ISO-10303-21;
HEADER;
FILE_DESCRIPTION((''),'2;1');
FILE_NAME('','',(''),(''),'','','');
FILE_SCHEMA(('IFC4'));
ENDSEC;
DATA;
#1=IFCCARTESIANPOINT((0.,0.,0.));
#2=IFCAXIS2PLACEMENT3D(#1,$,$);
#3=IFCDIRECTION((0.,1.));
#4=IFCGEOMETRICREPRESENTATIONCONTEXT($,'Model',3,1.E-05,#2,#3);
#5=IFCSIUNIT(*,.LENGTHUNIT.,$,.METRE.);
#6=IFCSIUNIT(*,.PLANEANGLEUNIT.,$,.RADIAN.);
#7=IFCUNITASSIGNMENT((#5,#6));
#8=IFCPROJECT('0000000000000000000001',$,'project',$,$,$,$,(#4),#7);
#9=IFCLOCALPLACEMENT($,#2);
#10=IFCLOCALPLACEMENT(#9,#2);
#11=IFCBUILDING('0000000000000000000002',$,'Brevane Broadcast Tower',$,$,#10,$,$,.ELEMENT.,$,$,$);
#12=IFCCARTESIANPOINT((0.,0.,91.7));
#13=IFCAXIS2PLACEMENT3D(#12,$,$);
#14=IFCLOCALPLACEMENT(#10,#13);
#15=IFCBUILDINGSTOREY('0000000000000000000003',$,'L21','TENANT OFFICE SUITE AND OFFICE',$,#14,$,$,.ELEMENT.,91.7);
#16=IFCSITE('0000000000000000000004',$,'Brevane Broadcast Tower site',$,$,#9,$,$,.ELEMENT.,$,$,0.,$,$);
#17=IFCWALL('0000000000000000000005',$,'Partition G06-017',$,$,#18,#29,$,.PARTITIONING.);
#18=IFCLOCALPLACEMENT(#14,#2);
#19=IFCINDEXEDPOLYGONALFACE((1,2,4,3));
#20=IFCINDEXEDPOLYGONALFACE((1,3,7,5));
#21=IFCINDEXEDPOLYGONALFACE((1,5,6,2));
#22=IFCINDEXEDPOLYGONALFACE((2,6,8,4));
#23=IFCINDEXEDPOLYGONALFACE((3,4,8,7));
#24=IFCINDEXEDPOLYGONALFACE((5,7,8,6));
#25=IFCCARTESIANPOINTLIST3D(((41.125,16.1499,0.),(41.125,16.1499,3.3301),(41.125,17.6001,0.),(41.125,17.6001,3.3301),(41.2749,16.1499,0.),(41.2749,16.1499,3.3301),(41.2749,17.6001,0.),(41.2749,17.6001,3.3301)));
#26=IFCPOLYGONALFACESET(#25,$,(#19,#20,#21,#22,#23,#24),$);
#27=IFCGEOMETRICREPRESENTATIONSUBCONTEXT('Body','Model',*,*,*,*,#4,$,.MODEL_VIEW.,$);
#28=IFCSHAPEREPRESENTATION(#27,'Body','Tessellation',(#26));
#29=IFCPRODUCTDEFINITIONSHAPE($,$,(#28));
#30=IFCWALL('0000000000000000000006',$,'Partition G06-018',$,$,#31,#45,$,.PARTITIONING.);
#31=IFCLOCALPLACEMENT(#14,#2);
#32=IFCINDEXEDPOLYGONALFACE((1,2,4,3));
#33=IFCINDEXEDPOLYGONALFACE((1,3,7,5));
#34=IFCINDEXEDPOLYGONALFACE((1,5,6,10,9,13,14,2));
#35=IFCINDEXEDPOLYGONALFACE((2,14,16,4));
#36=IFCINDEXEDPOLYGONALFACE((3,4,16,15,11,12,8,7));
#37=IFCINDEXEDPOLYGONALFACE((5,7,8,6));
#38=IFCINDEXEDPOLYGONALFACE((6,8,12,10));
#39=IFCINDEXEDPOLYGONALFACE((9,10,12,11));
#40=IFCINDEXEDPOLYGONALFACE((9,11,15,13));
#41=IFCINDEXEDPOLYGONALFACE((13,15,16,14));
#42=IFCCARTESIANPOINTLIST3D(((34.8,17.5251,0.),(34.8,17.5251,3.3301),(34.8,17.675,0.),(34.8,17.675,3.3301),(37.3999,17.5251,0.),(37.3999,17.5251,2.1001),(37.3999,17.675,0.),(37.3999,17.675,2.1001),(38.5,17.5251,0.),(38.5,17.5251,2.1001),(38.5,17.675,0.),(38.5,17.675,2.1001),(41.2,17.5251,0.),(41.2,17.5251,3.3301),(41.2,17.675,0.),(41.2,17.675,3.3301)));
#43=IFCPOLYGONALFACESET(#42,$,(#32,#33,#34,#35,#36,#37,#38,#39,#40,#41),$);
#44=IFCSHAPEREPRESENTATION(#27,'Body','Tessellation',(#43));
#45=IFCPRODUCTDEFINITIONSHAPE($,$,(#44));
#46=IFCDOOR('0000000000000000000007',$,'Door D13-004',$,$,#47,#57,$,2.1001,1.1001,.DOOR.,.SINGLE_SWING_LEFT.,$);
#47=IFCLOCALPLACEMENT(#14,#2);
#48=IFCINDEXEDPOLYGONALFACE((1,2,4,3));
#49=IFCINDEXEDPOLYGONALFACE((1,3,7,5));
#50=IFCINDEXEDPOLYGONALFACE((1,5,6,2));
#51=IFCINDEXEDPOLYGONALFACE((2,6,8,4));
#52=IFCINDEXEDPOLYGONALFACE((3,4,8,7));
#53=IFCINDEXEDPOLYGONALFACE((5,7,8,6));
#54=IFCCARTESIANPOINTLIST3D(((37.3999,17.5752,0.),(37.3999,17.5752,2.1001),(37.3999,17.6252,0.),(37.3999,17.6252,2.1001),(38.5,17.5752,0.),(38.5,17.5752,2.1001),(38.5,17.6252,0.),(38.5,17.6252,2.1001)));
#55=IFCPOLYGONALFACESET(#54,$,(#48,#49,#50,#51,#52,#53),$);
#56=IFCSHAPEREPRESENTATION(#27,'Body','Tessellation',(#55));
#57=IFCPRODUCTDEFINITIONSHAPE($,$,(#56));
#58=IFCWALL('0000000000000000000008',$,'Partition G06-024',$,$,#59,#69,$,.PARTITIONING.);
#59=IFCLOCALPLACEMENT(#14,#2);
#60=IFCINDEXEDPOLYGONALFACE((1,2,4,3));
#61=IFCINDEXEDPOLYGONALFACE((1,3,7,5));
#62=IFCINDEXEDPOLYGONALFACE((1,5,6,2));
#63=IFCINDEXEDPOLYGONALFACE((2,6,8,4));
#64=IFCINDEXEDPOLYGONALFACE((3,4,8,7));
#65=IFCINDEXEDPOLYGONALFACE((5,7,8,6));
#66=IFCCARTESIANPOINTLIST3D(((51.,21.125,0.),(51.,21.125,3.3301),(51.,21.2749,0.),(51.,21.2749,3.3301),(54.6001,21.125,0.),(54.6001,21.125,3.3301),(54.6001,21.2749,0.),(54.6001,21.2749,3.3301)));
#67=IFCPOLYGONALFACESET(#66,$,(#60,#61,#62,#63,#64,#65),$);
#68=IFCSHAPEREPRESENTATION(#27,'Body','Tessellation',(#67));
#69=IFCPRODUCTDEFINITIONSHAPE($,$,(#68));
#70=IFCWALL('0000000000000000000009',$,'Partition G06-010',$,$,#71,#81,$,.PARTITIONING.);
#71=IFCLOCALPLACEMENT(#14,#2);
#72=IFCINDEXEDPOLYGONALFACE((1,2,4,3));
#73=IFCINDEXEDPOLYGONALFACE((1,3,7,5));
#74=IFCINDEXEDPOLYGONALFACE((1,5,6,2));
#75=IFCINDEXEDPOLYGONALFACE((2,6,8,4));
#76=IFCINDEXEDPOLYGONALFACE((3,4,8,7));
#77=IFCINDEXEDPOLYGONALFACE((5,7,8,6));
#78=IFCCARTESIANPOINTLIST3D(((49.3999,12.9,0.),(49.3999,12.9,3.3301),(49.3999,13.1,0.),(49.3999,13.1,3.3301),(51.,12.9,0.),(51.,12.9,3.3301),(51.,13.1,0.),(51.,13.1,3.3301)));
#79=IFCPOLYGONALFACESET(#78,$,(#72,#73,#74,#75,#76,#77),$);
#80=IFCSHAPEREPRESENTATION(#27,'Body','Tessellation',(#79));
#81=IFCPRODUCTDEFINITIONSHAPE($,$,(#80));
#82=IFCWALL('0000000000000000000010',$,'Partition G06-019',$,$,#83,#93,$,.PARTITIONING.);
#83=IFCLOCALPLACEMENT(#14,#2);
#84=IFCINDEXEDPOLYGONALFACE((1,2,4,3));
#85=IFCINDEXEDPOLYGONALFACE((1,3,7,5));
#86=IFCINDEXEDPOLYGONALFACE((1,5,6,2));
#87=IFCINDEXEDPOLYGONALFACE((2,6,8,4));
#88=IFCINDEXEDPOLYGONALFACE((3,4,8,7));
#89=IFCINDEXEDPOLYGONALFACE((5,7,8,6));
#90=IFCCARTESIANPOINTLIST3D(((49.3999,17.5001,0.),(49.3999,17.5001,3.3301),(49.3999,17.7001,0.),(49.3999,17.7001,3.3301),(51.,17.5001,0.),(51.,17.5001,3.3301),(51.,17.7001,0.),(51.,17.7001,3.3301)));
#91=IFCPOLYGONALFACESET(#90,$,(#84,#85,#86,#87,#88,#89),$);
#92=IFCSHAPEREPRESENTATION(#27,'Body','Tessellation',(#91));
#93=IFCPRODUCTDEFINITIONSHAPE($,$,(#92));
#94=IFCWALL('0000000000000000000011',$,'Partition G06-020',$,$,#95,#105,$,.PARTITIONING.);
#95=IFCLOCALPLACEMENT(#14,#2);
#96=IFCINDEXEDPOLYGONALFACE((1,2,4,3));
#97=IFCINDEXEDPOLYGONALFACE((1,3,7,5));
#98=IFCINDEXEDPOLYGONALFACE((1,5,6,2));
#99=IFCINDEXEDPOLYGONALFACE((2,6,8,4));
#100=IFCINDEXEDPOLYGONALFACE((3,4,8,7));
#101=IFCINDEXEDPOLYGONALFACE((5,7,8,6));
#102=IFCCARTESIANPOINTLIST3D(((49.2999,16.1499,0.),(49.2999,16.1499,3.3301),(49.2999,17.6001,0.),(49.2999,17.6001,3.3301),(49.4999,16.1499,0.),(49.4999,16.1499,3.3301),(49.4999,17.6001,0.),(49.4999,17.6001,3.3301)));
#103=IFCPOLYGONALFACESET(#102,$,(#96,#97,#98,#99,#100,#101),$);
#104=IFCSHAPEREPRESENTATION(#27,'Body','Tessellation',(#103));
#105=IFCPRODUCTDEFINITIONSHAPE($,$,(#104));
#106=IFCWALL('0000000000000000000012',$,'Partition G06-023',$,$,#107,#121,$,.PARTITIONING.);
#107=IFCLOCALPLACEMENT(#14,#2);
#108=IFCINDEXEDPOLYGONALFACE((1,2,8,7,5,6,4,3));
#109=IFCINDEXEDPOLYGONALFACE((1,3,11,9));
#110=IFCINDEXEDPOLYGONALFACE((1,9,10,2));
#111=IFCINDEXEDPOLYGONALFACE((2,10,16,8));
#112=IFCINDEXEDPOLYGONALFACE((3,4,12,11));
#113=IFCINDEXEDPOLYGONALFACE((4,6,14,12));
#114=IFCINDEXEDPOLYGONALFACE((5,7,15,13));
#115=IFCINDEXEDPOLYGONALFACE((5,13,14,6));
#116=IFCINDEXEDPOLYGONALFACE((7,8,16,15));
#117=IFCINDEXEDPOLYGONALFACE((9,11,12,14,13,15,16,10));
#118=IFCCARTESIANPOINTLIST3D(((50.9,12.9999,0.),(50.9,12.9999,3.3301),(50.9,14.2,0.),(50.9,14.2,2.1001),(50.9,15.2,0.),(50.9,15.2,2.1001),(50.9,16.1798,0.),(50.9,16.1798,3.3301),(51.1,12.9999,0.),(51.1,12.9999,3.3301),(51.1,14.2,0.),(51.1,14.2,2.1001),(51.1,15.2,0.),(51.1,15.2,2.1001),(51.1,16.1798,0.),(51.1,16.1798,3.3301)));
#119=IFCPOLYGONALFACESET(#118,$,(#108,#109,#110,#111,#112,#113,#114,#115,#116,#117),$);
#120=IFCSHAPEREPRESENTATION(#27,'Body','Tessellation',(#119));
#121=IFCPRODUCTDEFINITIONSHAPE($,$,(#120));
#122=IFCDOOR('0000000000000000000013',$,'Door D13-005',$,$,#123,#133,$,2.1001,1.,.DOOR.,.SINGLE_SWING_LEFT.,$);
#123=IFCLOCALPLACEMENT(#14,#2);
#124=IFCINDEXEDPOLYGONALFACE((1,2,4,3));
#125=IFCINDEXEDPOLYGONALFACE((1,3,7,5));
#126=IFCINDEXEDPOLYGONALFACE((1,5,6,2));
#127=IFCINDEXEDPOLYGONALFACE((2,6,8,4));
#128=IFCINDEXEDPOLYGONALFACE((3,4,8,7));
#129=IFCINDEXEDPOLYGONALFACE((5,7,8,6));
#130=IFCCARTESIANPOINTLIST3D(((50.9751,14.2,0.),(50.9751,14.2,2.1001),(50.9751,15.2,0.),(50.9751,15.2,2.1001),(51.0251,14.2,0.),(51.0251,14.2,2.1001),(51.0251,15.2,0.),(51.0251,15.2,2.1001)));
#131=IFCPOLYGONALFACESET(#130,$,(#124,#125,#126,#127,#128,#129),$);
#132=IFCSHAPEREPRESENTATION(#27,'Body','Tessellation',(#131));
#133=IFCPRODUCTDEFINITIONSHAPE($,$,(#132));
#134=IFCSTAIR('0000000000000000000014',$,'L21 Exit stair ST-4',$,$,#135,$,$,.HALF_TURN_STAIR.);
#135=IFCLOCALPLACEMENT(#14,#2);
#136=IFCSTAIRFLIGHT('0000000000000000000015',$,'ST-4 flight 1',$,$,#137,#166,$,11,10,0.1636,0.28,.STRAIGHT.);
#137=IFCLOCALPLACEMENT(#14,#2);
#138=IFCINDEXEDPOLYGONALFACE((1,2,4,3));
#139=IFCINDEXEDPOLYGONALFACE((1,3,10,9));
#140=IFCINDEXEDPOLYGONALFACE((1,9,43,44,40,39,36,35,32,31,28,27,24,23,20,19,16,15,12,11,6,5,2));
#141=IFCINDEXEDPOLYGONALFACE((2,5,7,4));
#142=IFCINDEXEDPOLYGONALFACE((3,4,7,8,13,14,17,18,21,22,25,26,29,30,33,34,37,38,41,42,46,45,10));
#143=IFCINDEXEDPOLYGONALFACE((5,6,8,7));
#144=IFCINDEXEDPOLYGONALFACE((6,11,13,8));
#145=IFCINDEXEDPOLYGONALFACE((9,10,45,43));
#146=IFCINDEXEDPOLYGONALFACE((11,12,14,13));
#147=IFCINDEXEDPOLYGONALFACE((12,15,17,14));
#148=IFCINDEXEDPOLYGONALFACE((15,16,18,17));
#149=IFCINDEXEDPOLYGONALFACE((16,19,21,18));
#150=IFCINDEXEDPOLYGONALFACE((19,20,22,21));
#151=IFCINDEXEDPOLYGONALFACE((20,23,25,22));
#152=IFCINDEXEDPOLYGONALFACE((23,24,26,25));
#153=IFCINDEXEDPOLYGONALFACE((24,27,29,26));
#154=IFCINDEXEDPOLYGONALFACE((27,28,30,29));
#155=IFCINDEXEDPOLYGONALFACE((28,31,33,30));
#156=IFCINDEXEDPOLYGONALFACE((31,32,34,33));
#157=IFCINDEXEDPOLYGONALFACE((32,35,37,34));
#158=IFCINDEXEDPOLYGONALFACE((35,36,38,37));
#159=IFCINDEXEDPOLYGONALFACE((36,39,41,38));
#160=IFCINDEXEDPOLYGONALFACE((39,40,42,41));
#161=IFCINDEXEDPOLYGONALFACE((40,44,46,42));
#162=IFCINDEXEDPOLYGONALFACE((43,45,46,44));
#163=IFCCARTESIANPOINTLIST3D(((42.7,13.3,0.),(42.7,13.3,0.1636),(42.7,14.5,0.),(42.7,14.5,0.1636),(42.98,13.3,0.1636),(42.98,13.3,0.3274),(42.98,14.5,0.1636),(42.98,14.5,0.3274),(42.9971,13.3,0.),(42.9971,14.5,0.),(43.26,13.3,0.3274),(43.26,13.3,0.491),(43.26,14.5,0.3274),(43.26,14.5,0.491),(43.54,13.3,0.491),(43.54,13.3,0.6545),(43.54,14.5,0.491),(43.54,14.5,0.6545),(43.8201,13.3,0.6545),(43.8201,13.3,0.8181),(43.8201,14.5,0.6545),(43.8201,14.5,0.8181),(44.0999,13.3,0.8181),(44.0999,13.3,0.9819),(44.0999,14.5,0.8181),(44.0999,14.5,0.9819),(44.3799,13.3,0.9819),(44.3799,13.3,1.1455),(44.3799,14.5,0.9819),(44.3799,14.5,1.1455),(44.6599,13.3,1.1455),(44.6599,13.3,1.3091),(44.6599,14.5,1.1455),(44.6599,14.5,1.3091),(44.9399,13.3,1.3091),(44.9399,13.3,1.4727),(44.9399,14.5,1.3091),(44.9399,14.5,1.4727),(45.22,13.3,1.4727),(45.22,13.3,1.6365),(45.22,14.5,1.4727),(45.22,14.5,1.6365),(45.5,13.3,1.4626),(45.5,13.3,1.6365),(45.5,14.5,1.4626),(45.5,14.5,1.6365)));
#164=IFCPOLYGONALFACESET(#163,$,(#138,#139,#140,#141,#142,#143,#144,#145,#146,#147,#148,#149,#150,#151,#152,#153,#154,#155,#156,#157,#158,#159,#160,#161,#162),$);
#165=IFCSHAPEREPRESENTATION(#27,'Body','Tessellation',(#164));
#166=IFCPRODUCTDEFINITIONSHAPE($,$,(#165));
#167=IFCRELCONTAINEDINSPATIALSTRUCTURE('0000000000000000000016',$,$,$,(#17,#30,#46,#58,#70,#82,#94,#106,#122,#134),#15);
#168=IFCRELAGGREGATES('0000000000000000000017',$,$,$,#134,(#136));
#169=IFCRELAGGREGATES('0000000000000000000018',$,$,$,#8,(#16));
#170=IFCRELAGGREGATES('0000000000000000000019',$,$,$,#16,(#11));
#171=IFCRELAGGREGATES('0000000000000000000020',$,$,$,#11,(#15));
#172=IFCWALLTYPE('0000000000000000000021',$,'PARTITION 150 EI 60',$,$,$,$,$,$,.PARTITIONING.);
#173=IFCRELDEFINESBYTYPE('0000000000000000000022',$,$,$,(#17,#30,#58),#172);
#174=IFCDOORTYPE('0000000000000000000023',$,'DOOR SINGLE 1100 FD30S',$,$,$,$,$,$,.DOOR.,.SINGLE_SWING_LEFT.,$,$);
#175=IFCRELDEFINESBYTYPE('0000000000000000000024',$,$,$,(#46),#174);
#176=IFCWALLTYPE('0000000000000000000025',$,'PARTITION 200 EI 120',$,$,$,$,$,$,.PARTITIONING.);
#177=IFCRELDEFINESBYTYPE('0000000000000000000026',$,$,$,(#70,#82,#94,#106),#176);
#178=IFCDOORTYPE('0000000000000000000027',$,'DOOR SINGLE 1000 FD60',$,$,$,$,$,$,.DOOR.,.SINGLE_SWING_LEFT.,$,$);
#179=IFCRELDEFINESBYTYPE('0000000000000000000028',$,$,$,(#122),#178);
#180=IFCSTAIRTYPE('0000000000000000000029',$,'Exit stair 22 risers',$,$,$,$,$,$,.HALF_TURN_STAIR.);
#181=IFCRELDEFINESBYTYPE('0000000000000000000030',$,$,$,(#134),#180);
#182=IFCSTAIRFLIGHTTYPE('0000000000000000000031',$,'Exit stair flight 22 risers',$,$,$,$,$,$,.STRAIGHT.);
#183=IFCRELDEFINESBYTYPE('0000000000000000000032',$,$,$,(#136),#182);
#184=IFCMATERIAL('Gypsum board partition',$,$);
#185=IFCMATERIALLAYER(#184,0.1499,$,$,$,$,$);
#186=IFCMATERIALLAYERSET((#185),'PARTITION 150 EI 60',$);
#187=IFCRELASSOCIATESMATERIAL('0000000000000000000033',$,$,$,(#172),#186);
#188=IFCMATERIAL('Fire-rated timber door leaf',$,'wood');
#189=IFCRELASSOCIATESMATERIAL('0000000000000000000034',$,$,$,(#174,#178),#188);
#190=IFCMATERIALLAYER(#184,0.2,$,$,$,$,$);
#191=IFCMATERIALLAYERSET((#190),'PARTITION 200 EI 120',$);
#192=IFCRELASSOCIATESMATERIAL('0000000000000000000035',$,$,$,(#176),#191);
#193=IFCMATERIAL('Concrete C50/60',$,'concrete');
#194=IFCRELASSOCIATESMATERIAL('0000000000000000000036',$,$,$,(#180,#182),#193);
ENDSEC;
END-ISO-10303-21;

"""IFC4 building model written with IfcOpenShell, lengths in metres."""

from ifc_helpers import new_model, si_unit, direction, frame, frame_2d, origin, place, context, subcontext, project, spatial, polyline, rectangle, outline, extrude, material, layer, layer_set, type_object, element, fill, aggregate, save


model = new_model("IFC4")

# Units and contexts
model_context = context("Model", 3, precision=1e-05, world=origin(), true_north=direction((0.0, 1.0)))
body_context = subcontext(model_context, "Body", "Model", "MODEL_VIEW")
ifc_project = project(units=[si_unit("LENGTHUNIT", "METRE"), si_unit("PLANEANGLEUNIT", "RADIAN")], contexts=[model_context])

# Site, building, storey
site_placement = place(None, origin())
site = spatial("IfcSite", under=ifc_project, at=site_placement, Name="Brevane Broadcast Tower site", CompositionType="ELEMENT", RefElevation=0.0)
building_placement = place(site_placement, origin())
building = spatial("IfcBuilding", under=site, at=building_placement, Name="Brevane Broadcast Tower", CompositionType="ELEMENT")
storey_placement = place(building_placement, frame((0.0, 0.0, 91.7)))
storey = spatial("IfcBuildingStorey", under=building, at=storey_placement, Name="L21", Description="TENANT OFFICE SUITE AND OFFICE", CompositionType="ELEMENT", Elevation=91.7)

# Wall
ifc_material_1 = material(Name="Gypsum board partition")
ifc_layer_1 = layer(ifc_material_1, 0.1499)
ifc_layer_set_1 = layer_set([ifc_layer_1], Name="PARTITION 150 EI 60")
wall_type_1 = type_object("IfcWallType", Name="PARTITION 150 EI 60", PredefinedType="PARTITIONING", material=ifc_layer_set_1)
wall_1_placement = place(storey_placement, frame((41.2, 16.1499, 0.0), z_axis=(0.0, 0.0, 1.0), x_axis=(0.0, 1.0, 0.0)))
element("IfcWall", 1, at=wall_1_placement, inside=storey, type_object=wall_type_1, Name="Partition G06-017", PredefinedType="PARTITIONING", context=body_context, shape_type="SweptSolid", body=[
    extrude(rectangle(XDim=1.4502, YDim=0.1499, at=frame_2d((0.7251, 0.0))), origin(), (0.0, 0.0, 1.0), 3.3301),
])

# Wall, opening, door
wall_2_placement = place(storey_placement, frame((41.2, 17.6001, 0.0), z_axis=(0.0, 0.0, 1.0), x_axis=(-1.0, 0.0, 0.0)))
wall_2 = element("IfcWall", 2, at=wall_2_placement, inside=storey, type_object=wall_type_1, Name="Partition G06-018", PredefinedType="PARTITIONING", context=body_context, shape_type="SweptSolid", body=[
    extrude(rectangle(XDim=6.3999, YDim=0.1499, at=frame_2d((3.2, 0.0))), origin(), (0.0, 0.0, 1.0), 3.3301),
])
opening_1_placement = place(wall_2_placement, frame((2.7, 0.0, 0.0)))
opening_1 = element("IfcOpeningElement", 3, at=opening_1_placement, cuts=wall_2, PredefinedType="OPENING", context=body_context, shape_type="SweptSolid", body=[
    extrude(rectangle(XDim=1.1001, YDim=2.1001, at=frame_2d((0.55, 1.05))), frame((0.0, 0.085, 0.0), z_axis=(0.0, -1.0, 0.0), x_axis=(1.0, 0.0, 0.0)), (0.0, 0.0, 1.0), 0.1699),
])
ifc_material_2 = material(Name="Fire-rated timber door leaf", Category="wood")
door_type_1 = type_object("IfcDoorType", Name="DOOR SINGLE 1100 FD30S", OperationType="SINGLE_SWING_LEFT", PredefinedType="DOOR", material=ifc_material_2)
door_1_placement = place(opening_1_placement, origin())
door_1 = element("IfcDoor", 4, at=door_1_placement, inside=storey, type_object=door_type_1, Name="Door D13-004", OperationType="SINGLE_SWING_LEFT", OverallHeight=2.1001, OverallWidth=1.1001, PredefinedType="DOOR", context=body_context, shape_type="SweptSolid", body=[
    extrude(rectangle(XDim=1.1001, YDim=2.1001, at=frame_2d((0.55, 1.05))), frame((0.0, 0.0249, 0.0), z_axis=(0.0, -1.0, 0.0), x_axis=(1.0, 0.0, 0.0)), (0.0, 0.0, 1.0), 0.05),
])
fill(opening_1, door_1)

# Walls
wall_3_placement = place(storey_placement, frame((51.0, 21.2, 0.0), z_axis=(0.0, 0.0, 1.0), x_axis=(1.0, 0.0, 0.0)))
element("IfcWall", 5, at=wall_3_placement, inside=storey, type_object=wall_type_1, Name="Partition G06-024", PredefinedType="PARTITIONING", context=body_context, shape_type="SweptSolid", body=[
    extrude(rectangle(XDim=3.6001, YDim=0.1499, at=frame_2d((1.8, 0.0))), origin(), (0.0, 0.0, 1.0), 3.3301),
])
ifc_layer_2 = layer(ifc_material_1, 0.2)
ifc_layer_set_2 = layer_set([ifc_layer_2], Name="PARTITION 200 EI 120")
wall_type_2 = type_object("IfcWallType", Name="PARTITION 200 EI 120", PredefinedType="PARTITIONING", material=ifc_layer_set_2)
for number, where, z_axis, x_axis, name in (
    (6, (49.3999, 13.0, 0.0), (0.0, 0.0, 1.0), (1.0, 0.0, 0.0), "Partition G06-010"),
    (7, (51.0, 17.6001, 0.0), (0.0, 0.0, 1.0), (-1.0, 0.0, 0.0), "Partition G06-019"),
):
    element("IfcWall", number, at=place(storey_placement, frame(where, z_axis=z_axis, x_axis=x_axis)), inside=storey, type_object=wall_type_2, Name=name, PredefinedType="PARTITIONING", context=body_context, shape_type="SweptSolid", body=[
        extrude(rectangle(XDim=1.6001, YDim=0.2, at=frame_2d((0.8, 0.0))), origin(), (0.0, 0.0, 1.0), 3.3301),
    ])
wall_4_placement = place(storey_placement, frame((49.3999, 17.6001, 0.0), z_axis=(0.0, 0.0, 1.0), x_axis=(0.0, -1.0, 0.0)))
element("IfcWall", 8, at=wall_4_placement, inside=storey, type_object=wall_type_2, Name="Partition G06-020", PredefinedType="PARTITIONING", context=body_context, shape_type="SweptSolid", body=[
    extrude(rectangle(XDim=1.4502, YDim=0.2, at=frame_2d((0.7251, 0.0))), origin(), (0.0, 0.0, 1.0), 3.3301),
])

# Wall, opening, door
wall_5_placement = place(storey_placement, frame((51.0, 13.0, 0.0), z_axis=(0.0, 0.0, 1.0), x_axis=(0.0, 1.0, 0.0)))
wall_5 = element("IfcWall", 9, at=wall_5_placement, inside=storey, type_object=wall_type_2, Name="Partition G06-023", PredefinedType="PARTITIONING", context=body_context, shape_type="SweptSolid", body=[
    extrude(rectangle(XDim=3.1799, YDim=0.2, at=frame_2d((1.5898, 0.0))), origin(), (0.0, 0.0, 1.0), 3.3301),
])
opening_2_placement = place(wall_5_placement, frame((1.2, 0.0, 0.0)))
opening_2 = element("IfcOpeningElement", 10, at=opening_2_placement, cuts=wall_5, PredefinedType="OPENING", context=body_context, shape_type="SweptSolid", body=[
    extrude(rectangle(XDim=1.0, YDim=2.1001, at=frame_2d((0.5, 1.05))), frame((0.0, 0.1099, 0.0), z_axis=(0.0, -1.0, 0.0), x_axis=(1.0, 0.0, 0.0)), (0.0, 0.0, 1.0), 0.22),
])
door_type_2 = type_object("IfcDoorType", Name="DOOR SINGLE 1000 FD60", OperationType="SINGLE_SWING_LEFT", PredefinedType="DOOR", material=ifc_material_2)
door_2_placement = place(opening_2_placement, origin())
door_2 = element("IfcDoor", 11, at=door_2_placement, inside=storey, type_object=door_type_2, Name="Door D13-005", OperationType="SINGLE_SWING_LEFT", OverallHeight=2.1001, OverallWidth=1.0, PredefinedType="DOOR", context=body_context, shape_type="SweptSolid", body=[
    extrude(rectangle(XDim=1.0, YDim=2.1001, at=frame_2d((0.5, 1.05))), frame((0.0, 0.0249, 0.0), z_axis=(0.0, -1.0, 0.0), x_axis=(1.0, 0.0, 0.0)), (0.0, 0.0, 1.0), 0.05),
])
fill(opening_2, door_2)

# Stair, stair flight
ifc_material_3 = material(Name="Concrete C50/60", Category="concrete")
stair_type = type_object("IfcStairType", Name="Exit stair 22 risers", PredefinedType="HALF_TURN_STAIR", material=ifc_material_3)
stair_placement = place(storey_placement, origin())
stair = element("IfcStair", 12, at=stair_placement, inside=storey, type_object=stair_type, Name="L21 Exit stair ST-4", PredefinedType="HALF_TURN_STAIR")
stair_flight_type = type_object("IfcStairFlightType", Name="Exit stair flight 22 risers", PredefinedType="STRAIGHT", material=ifc_material_3)
stair_flight_1_placement = place(storey_placement, frame((42.7, 13.8999, 0.0), z_axis=(0.0, 0.0, 1.0), x_axis=(1.0, 0.0, 0.0)))
stair_flight_1 = element("IfcStairFlight", 13, at=stair_flight_1_placement, type_object=stair_flight_type, Name="ST-4 flight 1", NumberOfRisers=11, NumberOfTreads=10, PredefinedType="STRAIGHT", RiserHeight=0.1636, TreadLength=0.28, context=body_context, shape_type="SweptSolid", body=[
    extrude(outline(polyline([(0.0, 0.0), (0.0, 0.1636), (0.28, 0.1636), (0.28, 0.3274), (0.5601, 0.3274), (0.5601, 0.491), (0.8401, 0.491), (0.8401, 0.6545), (1.1201, 0.6545), (1.1201, 0.8181), (1.3999, 0.8181), (1.3999, 0.9819), (1.6799, 0.9819), (1.6799, 1.1455), (1.96, 1.1455), (1.96, 1.3091), (2.24, 1.3091), (2.24, 1.4727), (2.52, 1.4727), (2.52, 1.6365), (2.8, 1.6365), (2.8, 1.8), (2.8, 1.4626), (0.2971, 0.0), (0.0, 0.0)])), frame((0.0, 0.6001, 0.0), z_axis=(0.0, -1.0, 0.0), x_axis=(1.0, 0.0, 0.0)), (0.0, 0.0, 1.0), 1.2),
])
aggregate(stair, [stair_flight_1])

save(model, "model.ifc")
